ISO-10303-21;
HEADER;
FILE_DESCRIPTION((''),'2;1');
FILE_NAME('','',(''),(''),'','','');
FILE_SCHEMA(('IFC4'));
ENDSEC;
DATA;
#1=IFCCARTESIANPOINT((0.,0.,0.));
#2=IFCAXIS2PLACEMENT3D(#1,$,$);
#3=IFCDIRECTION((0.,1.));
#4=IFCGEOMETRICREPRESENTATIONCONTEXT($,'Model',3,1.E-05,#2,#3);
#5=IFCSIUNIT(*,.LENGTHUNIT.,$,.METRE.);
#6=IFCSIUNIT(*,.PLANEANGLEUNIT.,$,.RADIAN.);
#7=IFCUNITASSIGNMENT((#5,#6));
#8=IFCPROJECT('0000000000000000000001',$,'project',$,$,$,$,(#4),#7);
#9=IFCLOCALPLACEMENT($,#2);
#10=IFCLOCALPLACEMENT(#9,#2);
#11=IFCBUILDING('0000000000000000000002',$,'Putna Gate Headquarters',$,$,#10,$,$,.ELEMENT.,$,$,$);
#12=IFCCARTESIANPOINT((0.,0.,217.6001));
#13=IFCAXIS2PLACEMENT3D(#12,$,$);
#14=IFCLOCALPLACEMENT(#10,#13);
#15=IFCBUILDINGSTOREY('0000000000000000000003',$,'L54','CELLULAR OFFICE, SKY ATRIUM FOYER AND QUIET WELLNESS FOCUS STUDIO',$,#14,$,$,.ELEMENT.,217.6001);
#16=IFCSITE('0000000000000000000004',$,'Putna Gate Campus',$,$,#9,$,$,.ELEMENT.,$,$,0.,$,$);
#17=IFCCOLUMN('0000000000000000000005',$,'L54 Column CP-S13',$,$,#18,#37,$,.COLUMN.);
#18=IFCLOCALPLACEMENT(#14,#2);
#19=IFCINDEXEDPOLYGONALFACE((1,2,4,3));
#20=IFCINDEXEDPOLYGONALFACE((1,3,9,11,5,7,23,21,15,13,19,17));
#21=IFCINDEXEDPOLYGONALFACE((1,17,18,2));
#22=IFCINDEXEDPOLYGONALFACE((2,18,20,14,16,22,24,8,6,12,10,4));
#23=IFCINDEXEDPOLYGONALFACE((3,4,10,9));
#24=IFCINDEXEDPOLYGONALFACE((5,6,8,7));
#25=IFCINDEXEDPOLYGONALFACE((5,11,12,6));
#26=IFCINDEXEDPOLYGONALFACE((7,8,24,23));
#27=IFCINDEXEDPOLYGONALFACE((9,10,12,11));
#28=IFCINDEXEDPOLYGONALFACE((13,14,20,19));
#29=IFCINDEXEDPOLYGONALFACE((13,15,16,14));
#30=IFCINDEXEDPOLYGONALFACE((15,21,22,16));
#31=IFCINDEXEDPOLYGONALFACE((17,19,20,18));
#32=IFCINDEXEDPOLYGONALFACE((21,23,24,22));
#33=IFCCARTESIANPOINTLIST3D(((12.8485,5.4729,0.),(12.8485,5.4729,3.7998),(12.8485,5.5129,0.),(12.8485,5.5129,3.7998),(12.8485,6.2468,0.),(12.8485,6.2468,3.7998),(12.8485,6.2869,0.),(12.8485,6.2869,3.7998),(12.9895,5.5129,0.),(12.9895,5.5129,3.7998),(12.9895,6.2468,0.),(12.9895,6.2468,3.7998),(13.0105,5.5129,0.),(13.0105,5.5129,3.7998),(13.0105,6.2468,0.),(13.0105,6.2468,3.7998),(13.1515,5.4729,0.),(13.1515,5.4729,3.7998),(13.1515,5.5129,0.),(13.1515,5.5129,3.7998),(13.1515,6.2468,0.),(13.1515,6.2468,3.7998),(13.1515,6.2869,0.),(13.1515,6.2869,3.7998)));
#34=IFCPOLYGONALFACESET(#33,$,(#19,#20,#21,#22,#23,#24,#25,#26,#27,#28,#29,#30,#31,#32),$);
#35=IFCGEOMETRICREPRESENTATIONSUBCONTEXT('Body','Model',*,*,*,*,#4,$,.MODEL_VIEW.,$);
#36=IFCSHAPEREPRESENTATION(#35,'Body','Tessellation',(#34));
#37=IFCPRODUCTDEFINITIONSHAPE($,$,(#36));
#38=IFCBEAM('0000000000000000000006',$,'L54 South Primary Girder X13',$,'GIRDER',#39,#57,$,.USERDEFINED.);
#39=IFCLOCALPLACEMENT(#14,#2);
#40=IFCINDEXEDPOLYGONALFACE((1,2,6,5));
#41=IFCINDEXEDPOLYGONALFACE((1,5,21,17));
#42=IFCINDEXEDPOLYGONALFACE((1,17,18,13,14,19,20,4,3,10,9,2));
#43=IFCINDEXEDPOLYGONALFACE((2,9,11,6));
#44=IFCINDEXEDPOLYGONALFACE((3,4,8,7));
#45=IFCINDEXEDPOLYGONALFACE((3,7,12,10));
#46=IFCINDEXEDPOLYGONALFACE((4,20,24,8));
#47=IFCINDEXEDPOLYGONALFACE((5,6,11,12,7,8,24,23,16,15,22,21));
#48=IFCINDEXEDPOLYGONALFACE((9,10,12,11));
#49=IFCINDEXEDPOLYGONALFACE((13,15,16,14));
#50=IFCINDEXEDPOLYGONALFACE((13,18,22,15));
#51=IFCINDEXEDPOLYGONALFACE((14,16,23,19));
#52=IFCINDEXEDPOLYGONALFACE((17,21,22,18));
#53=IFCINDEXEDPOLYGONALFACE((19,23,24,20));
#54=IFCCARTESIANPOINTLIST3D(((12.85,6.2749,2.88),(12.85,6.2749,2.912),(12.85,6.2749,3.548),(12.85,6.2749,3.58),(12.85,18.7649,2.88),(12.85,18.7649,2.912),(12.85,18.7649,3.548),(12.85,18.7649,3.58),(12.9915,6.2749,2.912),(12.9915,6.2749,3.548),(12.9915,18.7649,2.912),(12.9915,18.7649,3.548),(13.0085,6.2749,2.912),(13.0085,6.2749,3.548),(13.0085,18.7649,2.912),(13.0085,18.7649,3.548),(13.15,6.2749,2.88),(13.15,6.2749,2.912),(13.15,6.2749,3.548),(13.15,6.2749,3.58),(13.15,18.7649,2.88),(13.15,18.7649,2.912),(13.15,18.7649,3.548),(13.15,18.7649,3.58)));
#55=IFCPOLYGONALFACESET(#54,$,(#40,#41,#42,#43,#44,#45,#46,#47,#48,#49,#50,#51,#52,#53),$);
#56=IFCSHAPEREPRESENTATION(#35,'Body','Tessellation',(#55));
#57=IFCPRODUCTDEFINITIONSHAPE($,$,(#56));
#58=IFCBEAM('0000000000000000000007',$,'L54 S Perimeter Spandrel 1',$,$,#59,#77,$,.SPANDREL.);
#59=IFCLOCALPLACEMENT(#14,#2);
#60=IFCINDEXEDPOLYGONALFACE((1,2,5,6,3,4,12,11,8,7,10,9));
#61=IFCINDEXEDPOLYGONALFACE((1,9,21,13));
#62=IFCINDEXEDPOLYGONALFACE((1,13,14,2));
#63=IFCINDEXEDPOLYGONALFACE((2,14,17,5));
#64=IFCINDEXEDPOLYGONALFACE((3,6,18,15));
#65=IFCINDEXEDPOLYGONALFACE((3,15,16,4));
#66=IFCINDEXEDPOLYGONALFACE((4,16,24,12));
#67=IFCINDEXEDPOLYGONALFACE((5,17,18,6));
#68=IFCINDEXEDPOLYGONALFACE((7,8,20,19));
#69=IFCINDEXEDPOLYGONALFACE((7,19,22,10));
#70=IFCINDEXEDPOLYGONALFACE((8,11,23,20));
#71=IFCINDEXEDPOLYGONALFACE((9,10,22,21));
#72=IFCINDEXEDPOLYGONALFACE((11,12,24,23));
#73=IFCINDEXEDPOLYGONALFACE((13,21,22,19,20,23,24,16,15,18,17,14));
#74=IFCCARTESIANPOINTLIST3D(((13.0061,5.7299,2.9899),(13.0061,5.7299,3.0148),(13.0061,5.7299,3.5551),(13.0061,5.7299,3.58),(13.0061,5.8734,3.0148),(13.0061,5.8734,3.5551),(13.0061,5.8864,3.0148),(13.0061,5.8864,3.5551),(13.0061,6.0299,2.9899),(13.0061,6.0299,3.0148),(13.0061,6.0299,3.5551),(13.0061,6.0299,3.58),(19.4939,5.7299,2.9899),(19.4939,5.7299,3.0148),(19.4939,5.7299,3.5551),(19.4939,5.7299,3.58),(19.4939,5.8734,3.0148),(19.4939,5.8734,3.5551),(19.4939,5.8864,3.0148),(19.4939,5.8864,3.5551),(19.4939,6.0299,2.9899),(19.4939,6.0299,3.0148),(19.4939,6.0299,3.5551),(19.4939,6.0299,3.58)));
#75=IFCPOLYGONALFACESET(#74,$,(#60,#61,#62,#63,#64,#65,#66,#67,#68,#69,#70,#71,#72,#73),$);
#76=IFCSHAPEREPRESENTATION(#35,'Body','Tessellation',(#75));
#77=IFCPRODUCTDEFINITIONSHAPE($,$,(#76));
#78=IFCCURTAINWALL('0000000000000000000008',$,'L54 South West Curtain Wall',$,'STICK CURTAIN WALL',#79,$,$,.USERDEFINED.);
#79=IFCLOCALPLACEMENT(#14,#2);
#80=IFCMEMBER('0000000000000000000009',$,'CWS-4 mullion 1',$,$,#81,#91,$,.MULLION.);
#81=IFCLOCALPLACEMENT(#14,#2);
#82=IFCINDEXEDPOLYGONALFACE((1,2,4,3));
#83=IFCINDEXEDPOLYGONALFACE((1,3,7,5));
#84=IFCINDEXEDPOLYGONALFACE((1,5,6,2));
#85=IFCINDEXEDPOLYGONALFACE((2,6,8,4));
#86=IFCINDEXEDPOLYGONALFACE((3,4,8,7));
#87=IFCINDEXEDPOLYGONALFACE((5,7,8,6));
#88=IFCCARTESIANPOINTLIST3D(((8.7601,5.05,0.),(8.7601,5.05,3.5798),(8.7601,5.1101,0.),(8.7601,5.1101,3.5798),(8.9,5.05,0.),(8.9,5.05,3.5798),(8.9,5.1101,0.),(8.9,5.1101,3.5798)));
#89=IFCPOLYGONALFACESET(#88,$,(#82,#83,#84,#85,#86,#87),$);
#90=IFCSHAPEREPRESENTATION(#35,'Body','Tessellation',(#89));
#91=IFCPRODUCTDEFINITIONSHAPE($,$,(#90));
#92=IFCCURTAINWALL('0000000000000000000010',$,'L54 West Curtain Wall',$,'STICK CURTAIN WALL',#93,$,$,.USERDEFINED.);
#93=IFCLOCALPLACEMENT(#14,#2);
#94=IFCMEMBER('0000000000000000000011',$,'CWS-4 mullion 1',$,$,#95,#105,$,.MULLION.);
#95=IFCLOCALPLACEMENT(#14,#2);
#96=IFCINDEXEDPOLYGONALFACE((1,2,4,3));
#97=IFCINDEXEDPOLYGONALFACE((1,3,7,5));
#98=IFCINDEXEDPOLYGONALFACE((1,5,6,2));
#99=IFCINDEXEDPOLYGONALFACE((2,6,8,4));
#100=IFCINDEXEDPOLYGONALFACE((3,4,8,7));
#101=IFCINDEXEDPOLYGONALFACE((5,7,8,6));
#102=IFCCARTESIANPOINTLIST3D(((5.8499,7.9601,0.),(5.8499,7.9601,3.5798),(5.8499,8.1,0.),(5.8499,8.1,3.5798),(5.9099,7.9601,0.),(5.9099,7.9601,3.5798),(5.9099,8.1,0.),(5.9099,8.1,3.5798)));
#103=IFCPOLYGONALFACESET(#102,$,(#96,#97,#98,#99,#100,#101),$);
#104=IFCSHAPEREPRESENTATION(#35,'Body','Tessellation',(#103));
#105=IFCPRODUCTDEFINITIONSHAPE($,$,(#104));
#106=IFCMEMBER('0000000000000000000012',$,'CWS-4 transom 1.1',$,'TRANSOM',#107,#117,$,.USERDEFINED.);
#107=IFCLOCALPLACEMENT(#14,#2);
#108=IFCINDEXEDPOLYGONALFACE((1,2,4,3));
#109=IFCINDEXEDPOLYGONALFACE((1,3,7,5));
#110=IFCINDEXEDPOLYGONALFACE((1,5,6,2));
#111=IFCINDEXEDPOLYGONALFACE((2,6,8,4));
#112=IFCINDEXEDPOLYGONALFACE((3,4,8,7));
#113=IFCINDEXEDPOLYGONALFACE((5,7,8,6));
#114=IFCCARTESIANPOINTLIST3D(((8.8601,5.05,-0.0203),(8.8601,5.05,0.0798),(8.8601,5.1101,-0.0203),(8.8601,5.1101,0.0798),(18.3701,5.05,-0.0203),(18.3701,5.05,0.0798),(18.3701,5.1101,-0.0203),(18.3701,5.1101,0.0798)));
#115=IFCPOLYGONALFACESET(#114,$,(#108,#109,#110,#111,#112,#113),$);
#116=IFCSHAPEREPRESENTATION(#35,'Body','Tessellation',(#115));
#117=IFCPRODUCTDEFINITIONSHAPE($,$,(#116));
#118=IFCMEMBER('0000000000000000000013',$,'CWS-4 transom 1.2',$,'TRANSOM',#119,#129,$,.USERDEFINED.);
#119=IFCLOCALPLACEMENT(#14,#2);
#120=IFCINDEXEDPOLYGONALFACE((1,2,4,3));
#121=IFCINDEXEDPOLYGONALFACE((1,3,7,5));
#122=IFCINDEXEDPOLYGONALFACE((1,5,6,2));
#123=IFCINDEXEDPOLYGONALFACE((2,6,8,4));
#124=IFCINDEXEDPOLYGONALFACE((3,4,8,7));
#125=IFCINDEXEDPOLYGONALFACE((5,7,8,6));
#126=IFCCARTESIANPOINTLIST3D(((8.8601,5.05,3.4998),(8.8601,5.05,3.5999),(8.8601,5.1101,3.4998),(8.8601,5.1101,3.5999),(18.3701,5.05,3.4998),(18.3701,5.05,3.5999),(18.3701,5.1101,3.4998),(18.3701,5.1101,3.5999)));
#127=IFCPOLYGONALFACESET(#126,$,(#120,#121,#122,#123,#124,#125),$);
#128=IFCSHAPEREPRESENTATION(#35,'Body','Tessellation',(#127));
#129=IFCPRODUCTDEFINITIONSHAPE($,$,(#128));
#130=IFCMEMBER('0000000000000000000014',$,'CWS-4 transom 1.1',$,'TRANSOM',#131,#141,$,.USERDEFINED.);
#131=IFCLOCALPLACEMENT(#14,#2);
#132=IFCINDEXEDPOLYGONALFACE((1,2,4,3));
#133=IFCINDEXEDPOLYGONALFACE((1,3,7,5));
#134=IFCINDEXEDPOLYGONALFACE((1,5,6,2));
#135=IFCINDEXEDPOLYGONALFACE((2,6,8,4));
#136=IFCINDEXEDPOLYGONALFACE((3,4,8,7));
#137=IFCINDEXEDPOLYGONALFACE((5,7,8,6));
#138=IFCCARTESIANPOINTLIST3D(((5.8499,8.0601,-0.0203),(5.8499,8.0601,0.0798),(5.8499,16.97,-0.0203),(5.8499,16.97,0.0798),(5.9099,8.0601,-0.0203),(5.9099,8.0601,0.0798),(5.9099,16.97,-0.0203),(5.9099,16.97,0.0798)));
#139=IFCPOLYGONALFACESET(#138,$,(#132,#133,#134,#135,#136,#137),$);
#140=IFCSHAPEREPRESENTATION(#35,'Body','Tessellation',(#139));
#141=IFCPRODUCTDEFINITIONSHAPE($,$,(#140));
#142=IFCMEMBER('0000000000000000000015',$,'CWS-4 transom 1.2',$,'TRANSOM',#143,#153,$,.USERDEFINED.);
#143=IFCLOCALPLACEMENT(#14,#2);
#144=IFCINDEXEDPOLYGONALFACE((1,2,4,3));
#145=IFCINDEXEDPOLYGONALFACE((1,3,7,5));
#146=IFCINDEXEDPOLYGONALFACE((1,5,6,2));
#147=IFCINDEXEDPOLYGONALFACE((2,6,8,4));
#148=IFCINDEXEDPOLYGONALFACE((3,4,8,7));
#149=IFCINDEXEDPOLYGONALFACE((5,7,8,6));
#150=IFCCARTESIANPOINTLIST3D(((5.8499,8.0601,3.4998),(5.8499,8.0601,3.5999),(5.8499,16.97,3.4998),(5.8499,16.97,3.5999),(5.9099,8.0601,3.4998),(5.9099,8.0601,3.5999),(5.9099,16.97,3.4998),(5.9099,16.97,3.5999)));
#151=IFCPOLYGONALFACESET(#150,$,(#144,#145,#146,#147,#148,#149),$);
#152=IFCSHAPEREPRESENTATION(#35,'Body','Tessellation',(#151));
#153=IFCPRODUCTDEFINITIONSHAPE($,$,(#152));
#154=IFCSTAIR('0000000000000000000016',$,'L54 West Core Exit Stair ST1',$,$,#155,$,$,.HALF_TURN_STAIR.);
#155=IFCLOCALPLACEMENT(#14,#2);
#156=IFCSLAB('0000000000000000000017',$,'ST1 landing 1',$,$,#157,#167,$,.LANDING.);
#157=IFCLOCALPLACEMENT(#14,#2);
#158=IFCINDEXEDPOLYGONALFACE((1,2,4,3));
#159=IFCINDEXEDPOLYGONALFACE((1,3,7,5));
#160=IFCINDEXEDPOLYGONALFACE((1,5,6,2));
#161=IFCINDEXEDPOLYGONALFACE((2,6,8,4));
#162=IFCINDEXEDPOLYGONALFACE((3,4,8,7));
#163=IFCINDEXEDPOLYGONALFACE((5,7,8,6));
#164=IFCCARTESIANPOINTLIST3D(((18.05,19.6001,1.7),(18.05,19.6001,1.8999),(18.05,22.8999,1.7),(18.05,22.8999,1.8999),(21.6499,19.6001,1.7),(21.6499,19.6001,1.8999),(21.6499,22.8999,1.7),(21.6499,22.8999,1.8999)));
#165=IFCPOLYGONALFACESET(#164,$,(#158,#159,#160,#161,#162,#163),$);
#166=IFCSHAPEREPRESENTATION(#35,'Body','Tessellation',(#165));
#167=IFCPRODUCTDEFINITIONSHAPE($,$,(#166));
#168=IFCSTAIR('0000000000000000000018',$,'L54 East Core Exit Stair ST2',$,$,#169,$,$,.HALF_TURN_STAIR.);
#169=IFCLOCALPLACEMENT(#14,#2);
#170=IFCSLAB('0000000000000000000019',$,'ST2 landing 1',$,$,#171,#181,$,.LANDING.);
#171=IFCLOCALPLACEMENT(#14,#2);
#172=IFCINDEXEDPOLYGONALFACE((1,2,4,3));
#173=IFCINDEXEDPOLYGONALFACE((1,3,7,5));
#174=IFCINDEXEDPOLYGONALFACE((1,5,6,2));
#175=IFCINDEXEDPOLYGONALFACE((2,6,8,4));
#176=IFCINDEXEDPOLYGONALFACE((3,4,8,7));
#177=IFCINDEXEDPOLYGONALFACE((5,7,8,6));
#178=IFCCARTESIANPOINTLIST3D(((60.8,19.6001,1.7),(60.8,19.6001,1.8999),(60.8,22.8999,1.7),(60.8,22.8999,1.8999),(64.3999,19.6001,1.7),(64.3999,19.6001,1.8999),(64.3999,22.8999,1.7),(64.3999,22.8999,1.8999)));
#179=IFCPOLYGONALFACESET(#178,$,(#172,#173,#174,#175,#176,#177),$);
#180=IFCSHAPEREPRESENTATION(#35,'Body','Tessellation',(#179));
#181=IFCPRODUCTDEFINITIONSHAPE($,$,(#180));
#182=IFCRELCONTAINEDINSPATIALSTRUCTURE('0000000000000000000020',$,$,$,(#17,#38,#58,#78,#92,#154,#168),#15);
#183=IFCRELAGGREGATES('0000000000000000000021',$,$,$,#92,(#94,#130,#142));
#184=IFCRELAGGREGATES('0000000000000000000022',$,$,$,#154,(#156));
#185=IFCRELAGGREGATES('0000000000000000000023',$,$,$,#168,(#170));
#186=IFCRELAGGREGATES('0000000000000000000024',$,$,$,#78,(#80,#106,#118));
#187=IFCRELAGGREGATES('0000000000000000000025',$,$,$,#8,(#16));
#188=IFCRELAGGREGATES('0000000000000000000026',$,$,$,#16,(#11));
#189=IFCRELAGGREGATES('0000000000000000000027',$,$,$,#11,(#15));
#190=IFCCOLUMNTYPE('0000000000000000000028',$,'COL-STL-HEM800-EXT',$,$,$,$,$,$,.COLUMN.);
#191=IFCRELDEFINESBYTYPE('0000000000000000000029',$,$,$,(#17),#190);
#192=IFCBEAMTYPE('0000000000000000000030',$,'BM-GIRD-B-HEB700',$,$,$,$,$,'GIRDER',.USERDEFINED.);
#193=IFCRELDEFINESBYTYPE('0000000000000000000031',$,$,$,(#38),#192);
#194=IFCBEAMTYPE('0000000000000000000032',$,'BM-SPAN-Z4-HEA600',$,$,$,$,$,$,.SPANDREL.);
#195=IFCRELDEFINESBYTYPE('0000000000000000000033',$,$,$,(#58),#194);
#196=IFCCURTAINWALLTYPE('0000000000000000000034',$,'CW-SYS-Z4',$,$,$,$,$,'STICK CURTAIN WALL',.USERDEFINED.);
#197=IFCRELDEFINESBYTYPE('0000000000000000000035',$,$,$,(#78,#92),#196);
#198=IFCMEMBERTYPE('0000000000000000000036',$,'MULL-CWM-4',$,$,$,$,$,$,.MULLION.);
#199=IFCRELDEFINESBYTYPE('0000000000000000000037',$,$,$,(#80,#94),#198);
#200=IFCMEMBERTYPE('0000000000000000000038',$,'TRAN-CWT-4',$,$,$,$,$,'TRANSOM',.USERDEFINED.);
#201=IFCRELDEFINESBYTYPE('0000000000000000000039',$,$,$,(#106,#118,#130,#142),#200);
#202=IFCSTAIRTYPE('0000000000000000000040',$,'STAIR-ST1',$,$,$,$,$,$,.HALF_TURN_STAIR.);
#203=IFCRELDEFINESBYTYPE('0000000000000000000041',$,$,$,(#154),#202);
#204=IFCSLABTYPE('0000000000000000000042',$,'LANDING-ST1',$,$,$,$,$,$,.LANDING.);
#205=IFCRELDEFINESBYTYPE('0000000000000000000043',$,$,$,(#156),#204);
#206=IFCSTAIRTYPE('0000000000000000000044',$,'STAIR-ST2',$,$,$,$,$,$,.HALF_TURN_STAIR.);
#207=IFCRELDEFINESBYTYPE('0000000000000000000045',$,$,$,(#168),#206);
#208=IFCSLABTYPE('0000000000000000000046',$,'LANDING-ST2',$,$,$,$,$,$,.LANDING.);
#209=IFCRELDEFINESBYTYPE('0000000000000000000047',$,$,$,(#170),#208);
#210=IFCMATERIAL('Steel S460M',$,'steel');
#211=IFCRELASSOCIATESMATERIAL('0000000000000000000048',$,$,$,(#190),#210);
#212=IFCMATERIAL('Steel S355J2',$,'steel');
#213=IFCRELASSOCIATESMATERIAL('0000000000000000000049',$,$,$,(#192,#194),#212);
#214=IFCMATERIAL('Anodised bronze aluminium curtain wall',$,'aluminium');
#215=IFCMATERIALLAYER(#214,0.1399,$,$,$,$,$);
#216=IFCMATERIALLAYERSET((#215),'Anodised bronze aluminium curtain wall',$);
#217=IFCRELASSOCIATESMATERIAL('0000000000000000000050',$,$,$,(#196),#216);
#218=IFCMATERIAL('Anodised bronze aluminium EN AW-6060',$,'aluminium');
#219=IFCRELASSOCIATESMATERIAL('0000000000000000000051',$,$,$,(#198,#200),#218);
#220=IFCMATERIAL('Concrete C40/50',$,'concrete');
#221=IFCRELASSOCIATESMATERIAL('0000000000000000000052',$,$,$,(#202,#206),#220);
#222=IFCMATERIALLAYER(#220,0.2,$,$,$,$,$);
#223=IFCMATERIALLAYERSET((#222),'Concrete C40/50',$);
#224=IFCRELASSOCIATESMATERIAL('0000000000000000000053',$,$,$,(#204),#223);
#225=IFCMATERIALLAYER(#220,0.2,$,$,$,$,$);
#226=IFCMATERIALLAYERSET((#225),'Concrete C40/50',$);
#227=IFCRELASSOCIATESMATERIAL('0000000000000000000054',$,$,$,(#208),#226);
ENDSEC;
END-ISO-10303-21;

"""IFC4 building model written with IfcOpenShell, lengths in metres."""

from ifc_helpers import new_model, si_unit, direction, frame, origin, origin_2d, place, context, subcontext, project, spatial, polyline, rectangle, i_section, outline, extrude, material, layer, layer_set, material_profile, profile_set, type_object, element, aggregate, save


model = new_model("IFC4")

# Units and contexts
model_context = context("Model", 3, precision=1e-05, world=origin(), true_north=direction((0.0, 1.0)))
body_context = subcontext(model_context, "Body", "Model", "MODEL_VIEW")
ifc_project = project(units=[si_unit("LENGTHUNIT", "METRE"), si_unit("PLANEANGLEUNIT", "RADIAN")], contexts=[model_context])

# Site, building, storey
site_placement = place(None, origin())
site = spatial("IfcSite", under=ifc_project, at=site_placement, Name="Putna Gate Campus", CompositionType="ELEMENT", RefElevation=0.0)
building_placement = place(site_placement, origin())
building = spatial("IfcBuilding", under=site, at=building_placement, Name="Putna Gate Headquarters", CompositionType="ELEMENT")
storey_placement = place(building_placement, frame((0.0, 0.0, 217.6001)))
storey = spatial("IfcBuildingStorey", under=building, at=storey_placement, Name="L54", Description="CELLULAR OFFICE, SKY ATRIUM FOYER AND QUIET WELLNESS FOCUS STUDIO", CompositionType="ELEMENT", Elevation=217.6001)

# Column
ifc_material_1 = material(Name="Steel S460M", Category="steel")
ifc_material_profile_1 = material_profile(ifc_material_1, i_section(OverallWidth=0.303, OverallDepth=0.814, WebThickness=0.021, FlangeThickness=0.04, at=origin_2d()), Name="Steel S460M")
ifc_profile_set_1 = profile_set([ifc_material_profile_1], Name="Steel S460M")
column_type = type_object("IfcColumnType", Name="COL-STL-HEM800-EXT", PredefinedType="COLUMN", material=ifc_profile_set_1)
column_placement = place(storey_placement, frame((13.0, 5.8799, 0.0), z_axis=(0.0, 0.0, 1.0), x_axis=(1.0, 0.0, 0.0)))
element("IfcColumn", 1, at=column_placement, inside=storey, type_object=column_type, Name="L54 Column CP-S13", PredefinedType="COLUMN", context=body_context, shape_type="SweptSolid", body=[
    extrude(i_section(OverallWidth=0.303, OverallDepth=0.814, WebThickness=0.021, FlangeThickness=0.04, at=origin_2d()), origin(), (0.0, 0.0, 1.0), 3.7998),
])

# Beams
ifc_material_2 = material(Name="Steel S355J2", Category="steel")
ifc_material_profile_2 = material_profile(ifc_material_2, i_section(OverallWidth=0.3, OverallDepth=0.7, WebThickness=0.0171, FlangeThickness=0.032, at=origin_2d()), Name="Steel S355J2")
ifc_profile_set_2 = profile_set([ifc_material_profile_2], Name="Steel S355J2")
beam_type_1 = type_object("IfcBeamType", Name="BM-GIRD-B-HEB700", ElementType="GIRDER", PredefinedType="USERDEFINED", material=ifc_profile_set_2)
beam_1_placement = place(storey_placement, frame((13.0, 6.2749, 3.23), z_axis=(0.0, 1.0, 0.0), x_axis=(-1.0, 0.0, 0.0)))
element("IfcBeam", 2, at=beam_1_placement, inside=storey, type_object=beam_type_1, Name="L54 South Primary Girder X13", ObjectType="GIRDER", PredefinedType="USERDEFINED", context=body_context, shape_type="SweptSolid", body=[
    extrude(i_section(OverallWidth=0.3, OverallDepth=0.7, WebThickness=0.0171, FlangeThickness=0.032, at=origin_2d()), origin(), (0.0, 0.0, 1.0), 12.49),
])
ifc_material_profile_3 = material_profile(ifc_material_2, i_section(OverallWidth=0.3, OverallDepth=0.5901, WebThickness=0.0129, FlangeThickness=0.0249, at=origin_2d()), Name="Steel S355J2")
ifc_profile_set_3 = profile_set([ifc_material_profile_3], Name="Steel S355J2")
beam_type_2 = type_object("IfcBeamType", Name="BM-SPAN-Z4-HEA600", PredefinedType="SPANDREL", material=ifc_profile_set_3)
beam_2_placement = place(storey_placement, frame((13.0061, 5.8799, 3.2849), z_axis=(1.0, 0.0, 0.0), x_axis=(0.0, 1.0, 0.0)))
element("IfcBeam", 3, at=beam_2_placement, inside=storey, type_object=beam_type_2, Name="L54 S Perimeter Spandrel 1", PredefinedType="SPANDREL", context=body_context, shape_type="SweptSolid", body=[
    extrude(i_section(OverallWidth=0.3, OverallDepth=0.5901, WebThickness=0.0129, FlangeThickness=0.0249, at=origin_2d()), origin(), (0.0, 0.0, 1.0), 6.4878),
])

# Curtain walls, members
ifc_material_3 = material(Name="Anodised bronze aluminium curtain wall", Category="aluminium")
ifc_layer_1 = layer(ifc_material_3, 0.1399)
ifc_layer_set_1 = layer_set([ifc_layer_1], Name="Anodised bronze aluminium curtain wall")
curtain_wall_type = type_object("IfcCurtainWallType", Name="CW-SYS-Z4", ElementType="STICK CURTAIN WALL", PredefinedType="USERDEFINED", material=ifc_layer_set_1)
curtain_wall_1_placement = place(storey_placement, origin())
curtain_wall_1 = element("IfcCurtainWall", 4, at=curtain_wall_1_placement, inside=storey, type_object=curtain_wall_type, Name="L54 South West Curtain Wall", ObjectType="STICK CURTAIN WALL", PredefinedType="USERDEFINED")
ifc_material_4 = material(Name="Anodised bronze aluminium EN AW-6060", Category="aluminium")
ifc_material_profile_4 = material_profile(ifc_material_4, rectangle(XDim=0.0601, YDim=0.1399, at=origin_2d()), Name="Anodised bronze aluminium EN AW-6060")
ifc_profile_set_4 = profile_set([ifc_material_profile_4], Name="Anodised bronze aluminium EN AW-6060")
member_type_1 = type_object("IfcMemberType", Name="MULL-CWM-4", PredefinedType="MULLION", material=ifc_profile_set_4)
member_1_placement = place(storey_placement, frame((8.8301, 5.0801, 0.0), z_axis=(0.0, 0.0, 1.0), x_axis=(0.0, 1.0, 0.0)))
member_1 = element("IfcMember", 5, at=member_1_placement, type_object=member_type_1, Name="CWS-4 mullion 1", PredefinedType="MULLION", context=body_context, shape_type="SweptSolid", body=[
    extrude(rectangle(XDim=0.0601, YDim=0.1399, at=origin_2d()), origin(), (0.0, 0.0, 1.0), 3.5798),
])
curtain_wall_2_placement = place(storey_placement, origin())
curtain_wall_2 = element("IfcCurtainWall", 6, at=curtain_wall_2_placement, inside=storey, type_object=curtain_wall_type, Name="L54 West Curtain Wall", ObjectType="STICK CURTAIN WALL", PredefinedType="USERDEFINED")
member_2_placement = place(storey_placement, frame((5.8799, 8.03, 0.0), z_axis=(0.0, 0.0, 1.0), x_axis=(-1.0, 0.0, 0.0)))
member_2 = element("IfcMember", 7, at=member_2_placement, type_object=member_type_1, Name="CWS-4 mullion 1", PredefinedType="MULLION", context=body_context, shape_type="SweptSolid", body=[
    extrude(rectangle(XDim=0.0601, YDim=0.1399, at=origin_2d()), origin(), (0.0, 0.0, 1.0), 3.5798),
])

# Members
ifc_material_profile_5 = material_profile(ifc_material_4, rectangle(XDim=0.0601, YDim=0.1001, at=origin_2d()), Name="Anodised bronze aluminium EN AW-6060")
ifc_profile_set_5 = profile_set([ifc_material_profile_5], Name="Anodised bronze aluminium EN AW-6060")
member_type_2 = type_object("IfcMemberType", Name="TRAN-CWT-4", ElementType="TRANSOM", PredefinedType="USERDEFINED", material=ifc_profile_set_5)
member_3_placement = place(storey_placement, frame((8.8601, 5.0801, 0.0298), z_axis=(1.0, 0.0, 0.0), x_axis=(0.0, 1.0, 0.0)))
member_3 = element("IfcMember", 8, at=member_3_placement, type_object=member_type_2, Name="CWS-4 transom 1.1", ObjectType="TRANSOM", PredefinedType="USERDEFINED", context=body_context, shape_type="SweptSolid", body=[
    extrude(rectangle(XDim=0.0601, YDim=0.1001, at=origin_2d()), origin(), (0.0, 0.0, 1.0), 9.51),
])
member_4_placement = place(storey_placement, frame((8.8601, 5.0801, 3.5498), z_axis=(1.0, 0.0, 0.0), x_axis=(0.0, 1.0, 0.0)))
member_4 = element("IfcMember", 9, at=member_4_placement, type_object=member_type_2, Name="CWS-4 transom 1.2", ObjectType="TRANSOM", PredefinedType="USERDEFINED", context=body_context, shape_type="SweptSolid", body=[
    extrude(rectangle(XDim=0.0601, YDim=0.1001, at=origin_2d()), origin(), (0.0, 0.0, 1.0), 9.51),
])
member_5_placement = place(storey_placement, frame((5.8799, 8.0601, 0.0298), z_axis=(0.0, 1.0, 0.0), x_axis=(-1.0, 0.0, 0.0)))
member_5 = element("IfcMember", 10, at=member_5_placement, type_object=member_type_2, Name="CWS-4 transom 1.1", ObjectType="TRANSOM", PredefinedType="USERDEFINED", context=body_context, shape_type="SweptSolid", body=[
    extrude(rectangle(XDim=0.0601, YDim=0.1001, at=origin_2d()), origin(), (0.0, 0.0, 1.0), 8.9099),
])
member_6_placement = place(storey_placement, frame((5.8799, 8.0601, 3.5498), z_axis=(0.0, 1.0, 0.0), x_axis=(-1.0, 0.0, 0.0)))
member_6 = element("IfcMember", 11, at=member_6_placement, type_object=member_type_2, Name="CWS-4 transom 1.2", ObjectType="TRANSOM", PredefinedType="USERDEFINED", context=body_context, shape_type="SweptSolid", body=[
    extrude(rectangle(XDim=0.0601, YDim=0.1001, at=origin_2d()), origin(), (0.0, 0.0, 1.0), 8.9099),
])
aggregate(curtain_wall_2, [member_2, member_5, member_6])

# Stairs, slabs
ifc_material_5 = material(Name="Concrete C40/50", Category="concrete")
stair_type_1 = type_object("IfcStairType", Name="STAIR-ST1", PredefinedType="HALF_TURN_STAIR", material=ifc_material_5)
stair_1_placement = place(storey_placement, origin())
stair_1 = element("IfcStair", 12, at=stair_1_placement, inside=storey, type_object=stair_type_1, Name="L54 West Core Exit Stair ST1", PredefinedType="HALF_TURN_STAIR")
ifc_layer_2 = layer(ifc_material_5, 0.2)
ifc_layer_set_2 = layer_set([ifc_layer_2], Name="Concrete C40/50")
slab_type_1 = type_object("IfcSlabType", Name="LANDING-ST1", PredefinedType="LANDING", material=ifc_layer_set_2)
slab_1_placement = place(storey_placement, frame((0.0, 0.0, 1.7)))
slab_1 = element("IfcSlab", 13, at=slab_1_placement, type_object=slab_type_1, Name="ST1 landing 1", PredefinedType="LANDING", context=body_context, shape_type="SweptSolid", body=[
    extrude(outline(polyline([(18.05, 19.6001), (21.6499, 19.6001), (21.6499, 22.8999), (18.05, 22.8999), (18.05, 19.6001)])), origin(), (0.0, 0.0, 1.0), 0.2),
])
aggregate(stair_1, [slab_1])
stair_type_2 = type_object("IfcStairType", Name="STAIR-ST2", PredefinedType="HALF_TURN_STAIR", material=ifc_material_5)
stair_2_placement = place(storey_placement, origin())
stair_2 = element("IfcStair", 14, at=stair_2_placement, inside=storey, type_object=stair_type_2, Name="L54 East Core Exit Stair ST2", PredefinedType="HALF_TURN_STAIR")
ifc_layer_3 = layer(ifc_material_5, 0.2)
ifc_layer_set_3 = layer_set([ifc_layer_3], Name="Concrete C40/50")
slab_type_2 = type_object("IfcSlabType", Name="LANDING-ST2", PredefinedType="LANDING", material=ifc_layer_set_3)
slab_2_placement = place(storey_placement, frame((0.0, 0.0, 1.7)))
slab_2 = element("IfcSlab", 15, at=slab_2_placement, type_object=slab_type_2, Name="ST2 landing 1", PredefinedType="LANDING", context=body_context, shape_type="SweptSolid", body=[
    extrude(outline(polyline([(60.8, 19.6001), (64.3999, 19.6001), (64.3999, 22.8999), (60.8, 22.8999), (60.8, 19.6001)])), origin(), (0.0, 0.0, 1.0), 0.2),
])
aggregate(stair_2, [slab_2])

aggregate(curtain_wall_1, [member_1, member_3, member_4])

save(model, "model.ifc")
